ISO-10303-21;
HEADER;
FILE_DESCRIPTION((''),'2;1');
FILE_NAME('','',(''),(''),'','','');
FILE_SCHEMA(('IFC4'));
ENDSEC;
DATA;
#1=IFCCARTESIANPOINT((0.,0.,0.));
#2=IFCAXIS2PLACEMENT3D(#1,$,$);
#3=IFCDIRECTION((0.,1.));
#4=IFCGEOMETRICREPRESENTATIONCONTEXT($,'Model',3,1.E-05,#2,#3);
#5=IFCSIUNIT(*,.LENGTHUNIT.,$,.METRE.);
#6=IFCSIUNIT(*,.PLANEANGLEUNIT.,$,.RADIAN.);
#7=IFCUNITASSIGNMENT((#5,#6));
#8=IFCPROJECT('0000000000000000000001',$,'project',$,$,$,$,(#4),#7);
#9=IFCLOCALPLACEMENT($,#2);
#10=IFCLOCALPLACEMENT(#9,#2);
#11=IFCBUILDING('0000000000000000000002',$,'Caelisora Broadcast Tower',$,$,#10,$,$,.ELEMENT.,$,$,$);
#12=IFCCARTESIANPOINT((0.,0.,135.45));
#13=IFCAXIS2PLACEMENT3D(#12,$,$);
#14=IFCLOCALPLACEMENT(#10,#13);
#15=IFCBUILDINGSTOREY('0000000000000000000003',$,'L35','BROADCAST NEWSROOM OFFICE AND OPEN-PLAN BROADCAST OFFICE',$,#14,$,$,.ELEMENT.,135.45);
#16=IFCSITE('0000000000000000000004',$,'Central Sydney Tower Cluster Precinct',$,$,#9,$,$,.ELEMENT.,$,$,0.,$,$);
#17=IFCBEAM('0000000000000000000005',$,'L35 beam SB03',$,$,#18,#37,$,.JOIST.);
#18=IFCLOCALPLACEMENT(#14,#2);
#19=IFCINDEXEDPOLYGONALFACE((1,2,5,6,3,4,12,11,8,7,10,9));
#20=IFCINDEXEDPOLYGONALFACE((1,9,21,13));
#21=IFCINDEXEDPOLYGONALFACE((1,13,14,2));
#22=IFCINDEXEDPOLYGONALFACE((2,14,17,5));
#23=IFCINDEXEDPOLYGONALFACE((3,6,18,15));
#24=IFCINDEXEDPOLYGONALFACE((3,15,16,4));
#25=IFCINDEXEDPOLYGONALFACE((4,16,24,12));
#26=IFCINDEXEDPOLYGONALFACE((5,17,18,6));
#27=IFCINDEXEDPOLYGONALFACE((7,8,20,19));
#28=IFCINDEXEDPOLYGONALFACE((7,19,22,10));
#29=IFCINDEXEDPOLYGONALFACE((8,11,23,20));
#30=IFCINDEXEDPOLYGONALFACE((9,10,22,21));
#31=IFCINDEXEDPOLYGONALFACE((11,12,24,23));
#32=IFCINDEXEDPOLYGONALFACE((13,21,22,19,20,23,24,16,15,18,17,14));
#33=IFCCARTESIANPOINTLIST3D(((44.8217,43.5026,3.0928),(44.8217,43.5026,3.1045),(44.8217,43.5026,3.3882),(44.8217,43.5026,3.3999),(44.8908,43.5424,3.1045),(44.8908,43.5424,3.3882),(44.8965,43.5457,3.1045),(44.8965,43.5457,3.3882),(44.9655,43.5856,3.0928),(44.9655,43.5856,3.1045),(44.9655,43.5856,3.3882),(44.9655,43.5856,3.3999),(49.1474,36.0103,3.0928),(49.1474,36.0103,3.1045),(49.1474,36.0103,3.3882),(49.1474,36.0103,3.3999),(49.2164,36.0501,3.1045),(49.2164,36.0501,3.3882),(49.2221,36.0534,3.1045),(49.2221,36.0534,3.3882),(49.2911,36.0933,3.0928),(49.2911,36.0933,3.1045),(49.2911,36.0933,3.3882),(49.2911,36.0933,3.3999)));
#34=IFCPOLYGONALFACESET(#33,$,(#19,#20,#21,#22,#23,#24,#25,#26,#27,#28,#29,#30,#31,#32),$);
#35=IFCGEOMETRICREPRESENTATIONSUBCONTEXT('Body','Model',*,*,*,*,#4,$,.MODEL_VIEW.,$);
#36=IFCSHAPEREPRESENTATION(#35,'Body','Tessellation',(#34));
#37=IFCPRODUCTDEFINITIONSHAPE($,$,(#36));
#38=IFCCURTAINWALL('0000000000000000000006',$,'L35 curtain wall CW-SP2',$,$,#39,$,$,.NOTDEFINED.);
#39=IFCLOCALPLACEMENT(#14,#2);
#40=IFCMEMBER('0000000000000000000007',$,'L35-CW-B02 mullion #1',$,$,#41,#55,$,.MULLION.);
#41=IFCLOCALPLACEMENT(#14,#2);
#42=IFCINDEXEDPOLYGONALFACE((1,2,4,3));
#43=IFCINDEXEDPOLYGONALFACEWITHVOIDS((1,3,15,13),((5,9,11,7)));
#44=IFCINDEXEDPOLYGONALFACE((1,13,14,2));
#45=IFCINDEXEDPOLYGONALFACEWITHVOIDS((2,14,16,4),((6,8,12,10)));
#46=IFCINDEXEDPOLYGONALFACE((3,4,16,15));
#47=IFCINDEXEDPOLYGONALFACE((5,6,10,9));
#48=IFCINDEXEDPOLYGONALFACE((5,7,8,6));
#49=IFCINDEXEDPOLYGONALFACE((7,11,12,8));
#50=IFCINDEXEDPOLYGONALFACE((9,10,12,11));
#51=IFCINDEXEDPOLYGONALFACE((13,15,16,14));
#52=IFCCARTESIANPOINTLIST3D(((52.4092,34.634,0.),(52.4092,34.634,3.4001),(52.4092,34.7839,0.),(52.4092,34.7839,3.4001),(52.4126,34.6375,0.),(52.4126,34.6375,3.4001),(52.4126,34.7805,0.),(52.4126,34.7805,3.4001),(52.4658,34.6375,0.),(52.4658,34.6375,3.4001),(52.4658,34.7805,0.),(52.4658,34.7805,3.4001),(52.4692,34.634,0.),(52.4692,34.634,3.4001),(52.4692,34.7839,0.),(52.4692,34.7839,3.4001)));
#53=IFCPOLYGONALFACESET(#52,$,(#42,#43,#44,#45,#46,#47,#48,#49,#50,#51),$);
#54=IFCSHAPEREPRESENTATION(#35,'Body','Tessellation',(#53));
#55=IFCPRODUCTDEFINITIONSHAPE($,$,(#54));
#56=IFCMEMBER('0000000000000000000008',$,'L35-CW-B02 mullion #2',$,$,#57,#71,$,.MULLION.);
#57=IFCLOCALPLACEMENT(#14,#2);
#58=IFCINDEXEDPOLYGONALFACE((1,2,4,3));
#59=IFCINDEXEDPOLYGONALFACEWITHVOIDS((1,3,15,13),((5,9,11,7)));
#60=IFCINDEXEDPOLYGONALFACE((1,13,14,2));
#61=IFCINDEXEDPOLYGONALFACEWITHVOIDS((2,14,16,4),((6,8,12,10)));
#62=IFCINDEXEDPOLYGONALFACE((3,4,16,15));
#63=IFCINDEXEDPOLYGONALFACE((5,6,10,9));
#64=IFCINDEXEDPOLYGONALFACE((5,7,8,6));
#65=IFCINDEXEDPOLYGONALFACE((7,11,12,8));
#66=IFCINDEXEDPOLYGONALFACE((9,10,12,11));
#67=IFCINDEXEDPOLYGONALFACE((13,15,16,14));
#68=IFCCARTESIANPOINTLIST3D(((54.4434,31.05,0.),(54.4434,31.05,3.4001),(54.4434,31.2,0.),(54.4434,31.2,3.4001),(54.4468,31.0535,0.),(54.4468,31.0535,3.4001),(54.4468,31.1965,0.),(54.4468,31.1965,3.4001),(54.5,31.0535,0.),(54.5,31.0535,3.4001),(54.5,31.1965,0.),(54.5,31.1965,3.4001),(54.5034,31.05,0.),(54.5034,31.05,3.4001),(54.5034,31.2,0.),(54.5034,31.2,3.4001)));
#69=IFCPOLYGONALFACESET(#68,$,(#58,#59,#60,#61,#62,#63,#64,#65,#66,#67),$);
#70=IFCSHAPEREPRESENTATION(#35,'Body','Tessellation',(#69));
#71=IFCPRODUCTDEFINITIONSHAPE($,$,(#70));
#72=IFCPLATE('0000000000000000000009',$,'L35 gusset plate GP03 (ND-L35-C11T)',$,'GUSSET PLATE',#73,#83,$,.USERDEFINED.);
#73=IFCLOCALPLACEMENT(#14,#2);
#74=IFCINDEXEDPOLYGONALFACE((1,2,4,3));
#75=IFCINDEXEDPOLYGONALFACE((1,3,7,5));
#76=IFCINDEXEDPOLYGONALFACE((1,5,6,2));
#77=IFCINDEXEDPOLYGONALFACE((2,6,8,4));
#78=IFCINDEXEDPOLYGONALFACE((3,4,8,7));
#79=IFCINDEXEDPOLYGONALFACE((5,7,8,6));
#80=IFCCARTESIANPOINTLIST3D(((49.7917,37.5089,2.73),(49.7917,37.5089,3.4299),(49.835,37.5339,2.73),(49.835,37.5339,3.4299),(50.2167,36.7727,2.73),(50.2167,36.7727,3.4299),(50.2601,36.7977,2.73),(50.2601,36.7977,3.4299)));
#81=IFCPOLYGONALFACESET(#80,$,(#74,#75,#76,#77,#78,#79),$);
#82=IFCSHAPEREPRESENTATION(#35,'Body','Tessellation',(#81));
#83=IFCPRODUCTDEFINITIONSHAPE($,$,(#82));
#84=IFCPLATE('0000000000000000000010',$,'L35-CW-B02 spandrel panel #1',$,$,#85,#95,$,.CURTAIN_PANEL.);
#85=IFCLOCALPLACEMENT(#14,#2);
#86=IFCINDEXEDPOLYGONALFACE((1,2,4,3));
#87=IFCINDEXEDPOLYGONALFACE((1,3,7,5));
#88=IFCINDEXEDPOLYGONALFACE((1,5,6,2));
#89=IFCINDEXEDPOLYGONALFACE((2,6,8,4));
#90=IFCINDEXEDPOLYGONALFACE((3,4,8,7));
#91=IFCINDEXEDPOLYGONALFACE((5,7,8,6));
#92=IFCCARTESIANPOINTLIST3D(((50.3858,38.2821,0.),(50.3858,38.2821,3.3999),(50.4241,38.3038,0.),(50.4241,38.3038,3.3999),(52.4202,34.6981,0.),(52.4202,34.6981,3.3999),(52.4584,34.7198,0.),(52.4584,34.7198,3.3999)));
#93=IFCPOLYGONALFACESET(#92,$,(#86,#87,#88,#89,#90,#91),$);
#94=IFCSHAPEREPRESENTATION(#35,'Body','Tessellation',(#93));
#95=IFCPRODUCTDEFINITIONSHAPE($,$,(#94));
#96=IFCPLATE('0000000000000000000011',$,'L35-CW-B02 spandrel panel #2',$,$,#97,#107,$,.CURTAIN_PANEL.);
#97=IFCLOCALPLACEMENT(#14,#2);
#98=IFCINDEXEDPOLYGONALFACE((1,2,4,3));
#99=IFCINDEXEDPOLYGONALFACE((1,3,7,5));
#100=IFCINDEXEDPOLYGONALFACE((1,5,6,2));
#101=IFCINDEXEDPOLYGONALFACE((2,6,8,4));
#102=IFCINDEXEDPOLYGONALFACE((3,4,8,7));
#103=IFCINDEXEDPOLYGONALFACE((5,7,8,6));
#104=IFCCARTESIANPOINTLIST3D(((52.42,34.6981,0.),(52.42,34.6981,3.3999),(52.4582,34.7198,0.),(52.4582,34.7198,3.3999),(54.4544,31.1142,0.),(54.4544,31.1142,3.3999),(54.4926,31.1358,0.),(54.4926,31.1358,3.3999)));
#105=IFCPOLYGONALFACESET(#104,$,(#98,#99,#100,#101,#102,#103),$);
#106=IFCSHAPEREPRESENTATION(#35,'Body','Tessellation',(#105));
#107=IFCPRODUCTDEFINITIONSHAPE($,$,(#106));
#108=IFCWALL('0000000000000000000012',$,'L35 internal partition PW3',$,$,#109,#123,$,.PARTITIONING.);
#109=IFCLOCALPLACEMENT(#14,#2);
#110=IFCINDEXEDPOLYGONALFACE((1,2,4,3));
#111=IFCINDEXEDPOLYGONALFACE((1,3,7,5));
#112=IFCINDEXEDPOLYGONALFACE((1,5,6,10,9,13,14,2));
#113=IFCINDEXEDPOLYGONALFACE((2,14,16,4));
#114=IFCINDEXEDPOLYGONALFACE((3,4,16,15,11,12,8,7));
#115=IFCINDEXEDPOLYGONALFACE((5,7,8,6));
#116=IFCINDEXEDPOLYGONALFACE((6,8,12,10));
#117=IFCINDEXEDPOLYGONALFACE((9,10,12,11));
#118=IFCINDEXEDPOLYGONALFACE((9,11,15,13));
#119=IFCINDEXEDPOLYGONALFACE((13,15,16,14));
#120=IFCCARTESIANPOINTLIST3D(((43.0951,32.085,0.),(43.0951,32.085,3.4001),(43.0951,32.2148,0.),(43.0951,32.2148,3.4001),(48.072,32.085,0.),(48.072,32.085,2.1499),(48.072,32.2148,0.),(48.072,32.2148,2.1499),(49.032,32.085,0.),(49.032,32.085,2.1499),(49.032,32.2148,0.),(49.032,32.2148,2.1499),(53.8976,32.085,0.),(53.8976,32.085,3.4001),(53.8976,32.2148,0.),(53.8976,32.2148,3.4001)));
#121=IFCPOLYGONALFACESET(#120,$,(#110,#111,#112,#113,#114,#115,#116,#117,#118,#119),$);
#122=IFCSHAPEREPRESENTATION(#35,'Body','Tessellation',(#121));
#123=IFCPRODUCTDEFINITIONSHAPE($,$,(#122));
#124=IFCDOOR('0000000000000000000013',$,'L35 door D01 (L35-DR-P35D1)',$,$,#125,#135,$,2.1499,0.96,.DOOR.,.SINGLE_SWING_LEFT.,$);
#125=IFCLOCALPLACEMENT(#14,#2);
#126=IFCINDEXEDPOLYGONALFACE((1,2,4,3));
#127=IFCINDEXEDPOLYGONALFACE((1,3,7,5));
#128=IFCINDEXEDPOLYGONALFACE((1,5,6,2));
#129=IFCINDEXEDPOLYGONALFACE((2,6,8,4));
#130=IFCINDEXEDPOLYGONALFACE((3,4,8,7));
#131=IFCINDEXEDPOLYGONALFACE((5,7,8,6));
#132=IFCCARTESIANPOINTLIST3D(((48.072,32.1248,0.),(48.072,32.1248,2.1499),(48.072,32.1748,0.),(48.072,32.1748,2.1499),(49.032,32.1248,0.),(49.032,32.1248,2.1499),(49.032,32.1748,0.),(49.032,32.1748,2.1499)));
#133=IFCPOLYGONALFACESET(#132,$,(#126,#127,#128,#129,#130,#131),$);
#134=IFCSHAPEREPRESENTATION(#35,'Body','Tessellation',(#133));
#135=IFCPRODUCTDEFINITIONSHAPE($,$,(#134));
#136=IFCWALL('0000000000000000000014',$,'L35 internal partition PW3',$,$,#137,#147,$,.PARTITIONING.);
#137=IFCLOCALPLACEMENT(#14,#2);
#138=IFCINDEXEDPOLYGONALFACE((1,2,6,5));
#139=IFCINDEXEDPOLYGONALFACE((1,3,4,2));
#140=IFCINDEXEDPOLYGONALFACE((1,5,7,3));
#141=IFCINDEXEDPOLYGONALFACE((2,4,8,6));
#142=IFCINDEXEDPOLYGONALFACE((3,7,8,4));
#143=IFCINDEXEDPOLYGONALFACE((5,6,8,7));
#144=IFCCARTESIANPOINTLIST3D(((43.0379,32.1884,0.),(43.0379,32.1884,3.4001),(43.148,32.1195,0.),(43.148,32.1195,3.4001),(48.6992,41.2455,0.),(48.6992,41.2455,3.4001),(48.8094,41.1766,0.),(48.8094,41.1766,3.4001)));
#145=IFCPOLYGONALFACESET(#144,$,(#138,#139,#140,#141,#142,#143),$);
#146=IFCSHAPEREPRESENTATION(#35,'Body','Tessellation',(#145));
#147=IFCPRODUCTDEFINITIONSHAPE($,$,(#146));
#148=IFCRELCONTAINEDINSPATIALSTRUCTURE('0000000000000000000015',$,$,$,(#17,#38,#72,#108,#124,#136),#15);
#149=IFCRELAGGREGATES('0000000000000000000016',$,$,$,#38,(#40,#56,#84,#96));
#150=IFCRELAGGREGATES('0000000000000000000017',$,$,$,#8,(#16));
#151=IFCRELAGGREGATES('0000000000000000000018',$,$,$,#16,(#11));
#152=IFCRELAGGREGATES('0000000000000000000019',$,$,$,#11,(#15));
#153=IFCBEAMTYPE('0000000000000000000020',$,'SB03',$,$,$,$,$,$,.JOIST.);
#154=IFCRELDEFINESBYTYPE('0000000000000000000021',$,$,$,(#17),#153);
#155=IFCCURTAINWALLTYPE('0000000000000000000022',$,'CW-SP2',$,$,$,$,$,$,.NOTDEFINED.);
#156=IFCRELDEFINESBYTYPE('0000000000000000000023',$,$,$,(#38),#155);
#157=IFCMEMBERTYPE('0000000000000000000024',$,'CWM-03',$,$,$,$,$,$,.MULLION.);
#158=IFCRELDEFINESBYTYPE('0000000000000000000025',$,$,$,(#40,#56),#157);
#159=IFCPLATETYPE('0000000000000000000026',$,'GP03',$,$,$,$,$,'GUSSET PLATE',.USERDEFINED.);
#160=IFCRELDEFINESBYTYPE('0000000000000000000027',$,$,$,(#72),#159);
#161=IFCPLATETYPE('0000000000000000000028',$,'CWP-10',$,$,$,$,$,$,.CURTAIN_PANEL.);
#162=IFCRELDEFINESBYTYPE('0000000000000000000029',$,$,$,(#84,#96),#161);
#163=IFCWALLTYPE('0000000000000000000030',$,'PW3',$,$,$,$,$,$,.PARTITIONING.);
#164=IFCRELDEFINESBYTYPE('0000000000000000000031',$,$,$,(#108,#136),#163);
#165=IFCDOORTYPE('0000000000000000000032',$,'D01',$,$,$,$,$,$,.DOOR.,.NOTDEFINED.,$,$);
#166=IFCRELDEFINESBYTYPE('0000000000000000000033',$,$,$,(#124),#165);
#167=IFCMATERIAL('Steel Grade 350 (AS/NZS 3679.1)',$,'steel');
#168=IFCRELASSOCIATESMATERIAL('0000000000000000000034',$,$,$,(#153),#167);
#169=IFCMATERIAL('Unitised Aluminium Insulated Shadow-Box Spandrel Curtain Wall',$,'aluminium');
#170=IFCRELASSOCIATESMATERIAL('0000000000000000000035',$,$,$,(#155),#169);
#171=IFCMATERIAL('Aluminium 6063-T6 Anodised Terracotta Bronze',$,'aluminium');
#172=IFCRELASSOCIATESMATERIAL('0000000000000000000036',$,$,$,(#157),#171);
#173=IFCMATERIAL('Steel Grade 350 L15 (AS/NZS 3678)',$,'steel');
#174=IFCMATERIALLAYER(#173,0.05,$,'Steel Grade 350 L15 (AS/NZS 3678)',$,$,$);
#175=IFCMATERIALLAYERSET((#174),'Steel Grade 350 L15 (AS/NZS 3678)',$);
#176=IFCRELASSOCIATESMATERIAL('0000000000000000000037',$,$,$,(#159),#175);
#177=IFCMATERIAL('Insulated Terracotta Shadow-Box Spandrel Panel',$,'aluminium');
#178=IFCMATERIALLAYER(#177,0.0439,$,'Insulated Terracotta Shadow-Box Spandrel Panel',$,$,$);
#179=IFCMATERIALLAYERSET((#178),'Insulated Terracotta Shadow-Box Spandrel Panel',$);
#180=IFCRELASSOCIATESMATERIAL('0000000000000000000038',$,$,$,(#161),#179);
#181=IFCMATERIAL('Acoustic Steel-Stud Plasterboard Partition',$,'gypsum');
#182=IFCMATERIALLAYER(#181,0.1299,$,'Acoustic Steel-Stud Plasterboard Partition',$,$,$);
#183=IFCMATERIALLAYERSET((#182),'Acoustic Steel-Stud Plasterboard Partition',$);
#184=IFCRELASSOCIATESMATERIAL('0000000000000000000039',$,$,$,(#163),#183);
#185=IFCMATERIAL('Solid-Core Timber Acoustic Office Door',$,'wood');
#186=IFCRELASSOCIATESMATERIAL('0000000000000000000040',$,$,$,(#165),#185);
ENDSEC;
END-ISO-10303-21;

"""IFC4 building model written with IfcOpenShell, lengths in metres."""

from ifc_helpers import new_model, si_unit, direction, frame, frame_2d, origin, origin_2d, place, context, subcontext, project, spatial, rectangle, hollow_rectangle, i_section, extrude, source, transform, mapped, material, layer, layer_set, material_profile, profile_set, type_object, type_shapes, element, fill, aggregate, save


model = new_model("IFC4")

# Units and contexts
model_context = context("Model", 3, precision=1e-05, world=origin(), true_north=direction((0.0, 1.0)))
body_context = subcontext(model_context, "Body", "Model", "MODEL_VIEW")
ifc_project = project(units=[si_unit("LENGTHUNIT", "METRE"), si_unit("PLANEANGLEUNIT", "RADIAN")], contexts=[model_context])

# Site, building, storey
site_placement = place(None, origin())
site = spatial("IfcSite", under=ifc_project, at=site_placement, Name="Central Sydney Tower Cluster Precinct", CompositionType="ELEMENT", RefElevation=0.0)
building_placement = place(site_placement, origin())
building = spatial("IfcBuilding", under=site, at=building_placement, Name="Caelisora Broadcast Tower", CompositionType="ELEMENT")
storey_placement = place(building_placement, frame((0.0, 0.0, 135.45)))
storey = spatial("IfcBuildingStorey", under=building, at=storey_placement, Name="L35", Description="BROADCAST NEWSROOM OFFICE AND OPEN-PLAN BROADCAST OFFICE", CompositionType="ELEMENT", Elevation=135.45)

# Shared definitions
ifc_material_1 = material(Name="Steel Grade 350 L15 (AS/NZS 3678)", Category="steel")

# Beam
ifc_material_2 = material(Name="Steel Grade 350 (AS/NZS 3679.1)", Category="steel")
ifc_material_profile_1 = material_profile(ifc_material_2, i_section(OverallWidth=0.166, OverallDepth=0.3071, WebThickness=0.0066, FlangeThickness=0.0117, at=origin_2d()), Name="Steel Grade 350 (AS/NZS 3679.1)")
ifc_profile_set_1 = profile_set([ifc_material_profile_1], Name="Steel Grade 350 (AS/NZS 3679.1)")
beam_type_1 = type_object("IfcBeamType", Name="SB03", PredefinedType="JOIST", material=ifc_profile_set_1)
shared_shape_1 = source(origin(), body_context, "Body", "SweptSolid", [
    extrude(i_section(OverallWidth=0.166, OverallDepth=0.3071, WebThickness=0.0066, FlangeThickness=0.0117, at=origin_2d()), origin(), (0.0, 0.0, 1.0), 8.6514),
])
beam_1_placement = place(storey_placement, frame((49.2192, 36.0518, 3.2463), z_axis=(-0.499994, 0.866029, 0.0), x_axis=(-0.866029, -0.499994, 0.0)))
element("IfcBeam", 1, at=beam_1_placement, inside=storey, type_object=beam_type_1, Name="L35 beam SB03", PredefinedType="JOIST", context=body_context, shape_type="MappedRepresentation", body=[
    mapped(shared_shape_1, transform((0.0, 0.0, 0.0), scale=1.0)),
])

# Curtain wall, members
ifc_material_3 = material(Name="Unitised Aluminium Insulated Shadow-Box Spandrel Curtain Wall", Category="aluminium")
curtain_wall_type = type_object("IfcCurtainWallType", Name="CW-SP2", PredefinedType="NOTDEFINED", material=ifc_material_3)
curtain_wall_placement = place(storey_placement, origin())
curtain_wall = element("IfcCurtainWall", 2, at=curtain_wall_placement, inside=storey, type_object=curtain_wall_type, Name="L35 curtain wall CW-SP2", PredefinedType="NOTDEFINED")
ifc_material_4 = material(Name="Aluminium 6063-T6 Anodised Terracotta Bronze", Category="aluminium")
ifc_material_profile_2 = material_profile(ifc_material_4, hollow_rectangle(XDim=0.0601, YDim=0.1499, WallThickness=0.0034, at=origin_2d()), Name="Aluminium 6063-T6 Anodised Terracotta Bronze")
ifc_profile_set_2 = profile_set([ifc_material_profile_2], Name="Aluminium 6063-T6 Anodised Terracotta Bronze")
member_type = type_object("IfcMemberType", Name="CWM-03", PredefinedType="MULLION", material=ifc_profile_set_2)
shared_shape_2 = source(origin(), body_context, "Body", "SweptSolid", [
    extrude(hollow_rectangle(XDim=0.0601, YDim=0.1499, WallThickness=0.0034, at=origin_2d()), origin(), (0.0, 0.0, 1.0), 3.4001),
])
type_shapes(member_type, [shared_shape_2])
member_1_placement = place(storey_placement, frame((52.4392, 34.709, 0.0), z_axis=(0.0, 0.0, 1.0), x_axis=(1.0, 0.0, 0.0)))
member_1 = element("IfcMember", 3, at=member_1_placement, type_object=member_type, Name="L35-CW-B02 mullion #1", PredefinedType="MULLION", context=body_context, shape_type="MappedRepresentation", body=[
    mapped(shared_shape_2, transform((0.0, 0.0, 0.0), scale=1.0)),
])
member_2_placement = place(storey_placement, frame((54.4734, 31.125, 0.0), z_axis=(0.0, 0.0, 1.0), x_axis=(1.0, 0.0, 0.0)))
member_2 = element("IfcMember", 4, at=member_2_placement, type_object=member_type, Name="L35-CW-B02 mullion #2", PredefinedType="MULLION", context=body_context, shape_type="MappedRepresentation", body=[
    mapped(shared_shape_2, transform((0.0, 0.0, 0.0), scale=1.0)),
])

# Plates
ifc_layer_1 = layer(ifc_material_1, 0.05, Name="Steel Grade 350 L15 (AS/NZS 3678)")
ifc_layer_set_1 = layer_set([ifc_layer_1], Name="Steel Grade 350 L15 (AS/NZS 3678)")
plate_type_1 = type_object("IfcPlateType", Name="GP03", ElementType="GUSSET PLATE", PredefinedType="USERDEFINED", material=ifc_layer_set_1)
shared_shape_3 = source(origin(), body_context, "Body", "SweptSolid", [
    extrude(rectangle(XDim=0.8501, YDim=0.05, at=origin_2d()), origin(), (0.0, 0.0, 1.0), 0.7),
])
type_shapes(plate_type_1, [shared_shape_3])
plate_1_placement = place(storey_placement, frame((50.0259, 37.1533, 2.73), z_axis=(0.0, 0.0, 1.0), x_axis=(-0.5, 0.866025, 0.0)))
element("IfcPlate", 5, at=plate_1_placement, inside=storey, type_object=plate_type_1, Name="L35 gusset plate GP03 (ND-L35-C11T)", ObjectType="GUSSET PLATE", PredefinedType="USERDEFINED", context=body_context, shape_type="MappedRepresentation", body=[
    mapped(shared_shape_3, transform((0.0, 0.0, 0.0), scale=1.0)),
])
ifc_material_5 = material(Name="Insulated Terracotta Shadow-Box Spandrel Panel", Category="aluminium")
ifc_layer_2 = layer(ifc_material_5, 0.0439, Name="Insulated Terracotta Shadow-Box Spandrel Panel")
ifc_layer_set_2 = layer_set([ifc_layer_2], Name="Insulated Terracotta Shadow-Box Spandrel Panel")
plate_type_2 = type_object("IfcPlateType", Name="CWP-10", PredefinedType="CURTAIN_PANEL", material=ifc_layer_set_2)
shared_shape_4 = source(origin(), body_context, "Body", "SweptSolid", [
    extrude(rectangle(XDim=4.1211, YDim=0.0439, at=origin_2d()), origin(), (0.0, 0.0, 1.0), 3.3999),
])
type_shapes(plate_type_2, [shared_shape_4])
plate_2_placement = place(storey_placement, frame((51.4221, 36.501, 0.0), z_axis=(0.0, 0.0, 1.0), x_axis=(0.493638, -0.869667, 0.0)))
plate_2 = element("IfcPlate", 6, at=plate_2_placement, type_object=plate_type_2, Name="L35-CW-B02 spandrel panel #1", PredefinedType="CURTAIN_PANEL", context=body_context, shape_type="MappedRepresentation", body=[
    mapped(shared_shape_4, transform((0.0, 0.0, 0.0), scale=1.0)),
])
plate_3_placement = place(storey_placement, frame((53.4563, 32.917, 0.0), z_axis=(0.0, 0.0, 1.0), x_axis=(0.493638, -0.869667, 0.0)))
plate_3 = element("IfcPlate", 7, at=plate_3_placement, type_object=plate_type_2, Name="L35-CW-B02 spandrel panel #2", PredefinedType="CURTAIN_PANEL", context=body_context, shape_type="MappedRepresentation", body=[
    mapped(shared_shape_4, transform((0.0, 0.0, 0.0), scale=1.0)),
])
aggregate(curtain_wall, [member_1, member_2, plate_2, plate_3])

# Wall, opening, door
ifc_material_6 = material(Name="Acoustic Steel-Stud Plasterboard Partition", Category="gypsum")
ifc_layer_3 = layer(ifc_material_6, 0.1299, Name="Acoustic Steel-Stud Plasterboard Partition")
ifc_layer_set_3 = layer_set([ifc_layer_3], Name="Acoustic Steel-Stud Plasterboard Partition")
wall_type = type_object("IfcWallType", Name="PW3", PredefinedType="PARTITIONING", material=ifc_layer_set_3)
wall_1_placement = place(storey_placement, frame((43.095, 32.1499, 0.0), z_axis=(0.0, 0.0, 1.0), x_axis=(1.0, 0.0, 0.0)))
wall_1 = element("IfcWall", 8, at=wall_1_placement, inside=storey, type_object=wall_type, Name="L35 internal partition PW3", PredefinedType="PARTITIONING", context=body_context, shape_type="SweptSolid", body=[
    extrude(rectangle(XDim=10.8025, YDim=0.1299, at=frame_2d((5.4014, 0.0))), origin(), (0.0, 0.0, 1.0), 3.4001),
])
opening_1_placement = place(wall_1_placement, frame((4.9771, 0.0, 0.0)))
opening_1 = element("IfcOpeningElement", 9, at=opening_1_placement, cuts=wall_1, PredefinedType="OPENING", context=body_context, shape_type="SweptSolid", body=[
    extrude(rectangle(XDim=0.96, YDim=2.1499, at=frame_2d((0.48, 1.075))), frame((0.0, 0.0769, 0.0), z_axis=(0.0, -1.0, 0.0), x_axis=(1.0, 0.0, 0.0)), (0.0, 0.0, 1.0), 0.1538),
])
ifc_material_7 = material(Name="Solid-Core Timber Acoustic Office Door", Category="wood")
door_type = type_object("IfcDoorType", Name="D01", OperationType="NOTDEFINED", PredefinedType="DOOR", material=ifc_material_7)
door_1_placement = place(opening_1_placement, origin())
door_1 = element("IfcDoor", 10, at=door_1_placement, inside=storey, type_object=door_type, Name="L35 door D01 (L35-DR-P35D1)", OperationType="SINGLE_SWING_LEFT", OverallHeight=2.1499, OverallWidth=0.96, PredefinedType="DOOR", context=body_context, shape_type="SweptSolid", body=[
    extrude(rectangle(XDim=0.96, YDim=2.1499, at=frame_2d((0.48, 1.075))), frame((0.0, 0.0249, 0.0), z_axis=(0.0, -1.0, 0.0), x_axis=(1.0, 0.0, 0.0)), (0.0, 0.0, 1.0), 0.05),
])
fill(opening_1, door_1)

# Wall
wall_2_placement = place(storey_placement, frame((43.093, 32.1541, 0.0), z_axis=(0.0, 0.0, 1.0), x_axis=(0.530044, 0.84797, 0.0)))
element("IfcWall", 11, at=wall_2_placement, inside=storey, type_object=wall_type, Name="L35 internal partition PW3", PredefinedType="PARTITIONING", context=body_context, shape_type="SweptSolid", body=[
    extrude(rectangle(XDim=10.6809, YDim=0.1299, at=frame_2d((5.3403, 0.0))), origin(), (0.0, 0.0, 1.0), 3.4001),
])

save(model, "model.ifc")
